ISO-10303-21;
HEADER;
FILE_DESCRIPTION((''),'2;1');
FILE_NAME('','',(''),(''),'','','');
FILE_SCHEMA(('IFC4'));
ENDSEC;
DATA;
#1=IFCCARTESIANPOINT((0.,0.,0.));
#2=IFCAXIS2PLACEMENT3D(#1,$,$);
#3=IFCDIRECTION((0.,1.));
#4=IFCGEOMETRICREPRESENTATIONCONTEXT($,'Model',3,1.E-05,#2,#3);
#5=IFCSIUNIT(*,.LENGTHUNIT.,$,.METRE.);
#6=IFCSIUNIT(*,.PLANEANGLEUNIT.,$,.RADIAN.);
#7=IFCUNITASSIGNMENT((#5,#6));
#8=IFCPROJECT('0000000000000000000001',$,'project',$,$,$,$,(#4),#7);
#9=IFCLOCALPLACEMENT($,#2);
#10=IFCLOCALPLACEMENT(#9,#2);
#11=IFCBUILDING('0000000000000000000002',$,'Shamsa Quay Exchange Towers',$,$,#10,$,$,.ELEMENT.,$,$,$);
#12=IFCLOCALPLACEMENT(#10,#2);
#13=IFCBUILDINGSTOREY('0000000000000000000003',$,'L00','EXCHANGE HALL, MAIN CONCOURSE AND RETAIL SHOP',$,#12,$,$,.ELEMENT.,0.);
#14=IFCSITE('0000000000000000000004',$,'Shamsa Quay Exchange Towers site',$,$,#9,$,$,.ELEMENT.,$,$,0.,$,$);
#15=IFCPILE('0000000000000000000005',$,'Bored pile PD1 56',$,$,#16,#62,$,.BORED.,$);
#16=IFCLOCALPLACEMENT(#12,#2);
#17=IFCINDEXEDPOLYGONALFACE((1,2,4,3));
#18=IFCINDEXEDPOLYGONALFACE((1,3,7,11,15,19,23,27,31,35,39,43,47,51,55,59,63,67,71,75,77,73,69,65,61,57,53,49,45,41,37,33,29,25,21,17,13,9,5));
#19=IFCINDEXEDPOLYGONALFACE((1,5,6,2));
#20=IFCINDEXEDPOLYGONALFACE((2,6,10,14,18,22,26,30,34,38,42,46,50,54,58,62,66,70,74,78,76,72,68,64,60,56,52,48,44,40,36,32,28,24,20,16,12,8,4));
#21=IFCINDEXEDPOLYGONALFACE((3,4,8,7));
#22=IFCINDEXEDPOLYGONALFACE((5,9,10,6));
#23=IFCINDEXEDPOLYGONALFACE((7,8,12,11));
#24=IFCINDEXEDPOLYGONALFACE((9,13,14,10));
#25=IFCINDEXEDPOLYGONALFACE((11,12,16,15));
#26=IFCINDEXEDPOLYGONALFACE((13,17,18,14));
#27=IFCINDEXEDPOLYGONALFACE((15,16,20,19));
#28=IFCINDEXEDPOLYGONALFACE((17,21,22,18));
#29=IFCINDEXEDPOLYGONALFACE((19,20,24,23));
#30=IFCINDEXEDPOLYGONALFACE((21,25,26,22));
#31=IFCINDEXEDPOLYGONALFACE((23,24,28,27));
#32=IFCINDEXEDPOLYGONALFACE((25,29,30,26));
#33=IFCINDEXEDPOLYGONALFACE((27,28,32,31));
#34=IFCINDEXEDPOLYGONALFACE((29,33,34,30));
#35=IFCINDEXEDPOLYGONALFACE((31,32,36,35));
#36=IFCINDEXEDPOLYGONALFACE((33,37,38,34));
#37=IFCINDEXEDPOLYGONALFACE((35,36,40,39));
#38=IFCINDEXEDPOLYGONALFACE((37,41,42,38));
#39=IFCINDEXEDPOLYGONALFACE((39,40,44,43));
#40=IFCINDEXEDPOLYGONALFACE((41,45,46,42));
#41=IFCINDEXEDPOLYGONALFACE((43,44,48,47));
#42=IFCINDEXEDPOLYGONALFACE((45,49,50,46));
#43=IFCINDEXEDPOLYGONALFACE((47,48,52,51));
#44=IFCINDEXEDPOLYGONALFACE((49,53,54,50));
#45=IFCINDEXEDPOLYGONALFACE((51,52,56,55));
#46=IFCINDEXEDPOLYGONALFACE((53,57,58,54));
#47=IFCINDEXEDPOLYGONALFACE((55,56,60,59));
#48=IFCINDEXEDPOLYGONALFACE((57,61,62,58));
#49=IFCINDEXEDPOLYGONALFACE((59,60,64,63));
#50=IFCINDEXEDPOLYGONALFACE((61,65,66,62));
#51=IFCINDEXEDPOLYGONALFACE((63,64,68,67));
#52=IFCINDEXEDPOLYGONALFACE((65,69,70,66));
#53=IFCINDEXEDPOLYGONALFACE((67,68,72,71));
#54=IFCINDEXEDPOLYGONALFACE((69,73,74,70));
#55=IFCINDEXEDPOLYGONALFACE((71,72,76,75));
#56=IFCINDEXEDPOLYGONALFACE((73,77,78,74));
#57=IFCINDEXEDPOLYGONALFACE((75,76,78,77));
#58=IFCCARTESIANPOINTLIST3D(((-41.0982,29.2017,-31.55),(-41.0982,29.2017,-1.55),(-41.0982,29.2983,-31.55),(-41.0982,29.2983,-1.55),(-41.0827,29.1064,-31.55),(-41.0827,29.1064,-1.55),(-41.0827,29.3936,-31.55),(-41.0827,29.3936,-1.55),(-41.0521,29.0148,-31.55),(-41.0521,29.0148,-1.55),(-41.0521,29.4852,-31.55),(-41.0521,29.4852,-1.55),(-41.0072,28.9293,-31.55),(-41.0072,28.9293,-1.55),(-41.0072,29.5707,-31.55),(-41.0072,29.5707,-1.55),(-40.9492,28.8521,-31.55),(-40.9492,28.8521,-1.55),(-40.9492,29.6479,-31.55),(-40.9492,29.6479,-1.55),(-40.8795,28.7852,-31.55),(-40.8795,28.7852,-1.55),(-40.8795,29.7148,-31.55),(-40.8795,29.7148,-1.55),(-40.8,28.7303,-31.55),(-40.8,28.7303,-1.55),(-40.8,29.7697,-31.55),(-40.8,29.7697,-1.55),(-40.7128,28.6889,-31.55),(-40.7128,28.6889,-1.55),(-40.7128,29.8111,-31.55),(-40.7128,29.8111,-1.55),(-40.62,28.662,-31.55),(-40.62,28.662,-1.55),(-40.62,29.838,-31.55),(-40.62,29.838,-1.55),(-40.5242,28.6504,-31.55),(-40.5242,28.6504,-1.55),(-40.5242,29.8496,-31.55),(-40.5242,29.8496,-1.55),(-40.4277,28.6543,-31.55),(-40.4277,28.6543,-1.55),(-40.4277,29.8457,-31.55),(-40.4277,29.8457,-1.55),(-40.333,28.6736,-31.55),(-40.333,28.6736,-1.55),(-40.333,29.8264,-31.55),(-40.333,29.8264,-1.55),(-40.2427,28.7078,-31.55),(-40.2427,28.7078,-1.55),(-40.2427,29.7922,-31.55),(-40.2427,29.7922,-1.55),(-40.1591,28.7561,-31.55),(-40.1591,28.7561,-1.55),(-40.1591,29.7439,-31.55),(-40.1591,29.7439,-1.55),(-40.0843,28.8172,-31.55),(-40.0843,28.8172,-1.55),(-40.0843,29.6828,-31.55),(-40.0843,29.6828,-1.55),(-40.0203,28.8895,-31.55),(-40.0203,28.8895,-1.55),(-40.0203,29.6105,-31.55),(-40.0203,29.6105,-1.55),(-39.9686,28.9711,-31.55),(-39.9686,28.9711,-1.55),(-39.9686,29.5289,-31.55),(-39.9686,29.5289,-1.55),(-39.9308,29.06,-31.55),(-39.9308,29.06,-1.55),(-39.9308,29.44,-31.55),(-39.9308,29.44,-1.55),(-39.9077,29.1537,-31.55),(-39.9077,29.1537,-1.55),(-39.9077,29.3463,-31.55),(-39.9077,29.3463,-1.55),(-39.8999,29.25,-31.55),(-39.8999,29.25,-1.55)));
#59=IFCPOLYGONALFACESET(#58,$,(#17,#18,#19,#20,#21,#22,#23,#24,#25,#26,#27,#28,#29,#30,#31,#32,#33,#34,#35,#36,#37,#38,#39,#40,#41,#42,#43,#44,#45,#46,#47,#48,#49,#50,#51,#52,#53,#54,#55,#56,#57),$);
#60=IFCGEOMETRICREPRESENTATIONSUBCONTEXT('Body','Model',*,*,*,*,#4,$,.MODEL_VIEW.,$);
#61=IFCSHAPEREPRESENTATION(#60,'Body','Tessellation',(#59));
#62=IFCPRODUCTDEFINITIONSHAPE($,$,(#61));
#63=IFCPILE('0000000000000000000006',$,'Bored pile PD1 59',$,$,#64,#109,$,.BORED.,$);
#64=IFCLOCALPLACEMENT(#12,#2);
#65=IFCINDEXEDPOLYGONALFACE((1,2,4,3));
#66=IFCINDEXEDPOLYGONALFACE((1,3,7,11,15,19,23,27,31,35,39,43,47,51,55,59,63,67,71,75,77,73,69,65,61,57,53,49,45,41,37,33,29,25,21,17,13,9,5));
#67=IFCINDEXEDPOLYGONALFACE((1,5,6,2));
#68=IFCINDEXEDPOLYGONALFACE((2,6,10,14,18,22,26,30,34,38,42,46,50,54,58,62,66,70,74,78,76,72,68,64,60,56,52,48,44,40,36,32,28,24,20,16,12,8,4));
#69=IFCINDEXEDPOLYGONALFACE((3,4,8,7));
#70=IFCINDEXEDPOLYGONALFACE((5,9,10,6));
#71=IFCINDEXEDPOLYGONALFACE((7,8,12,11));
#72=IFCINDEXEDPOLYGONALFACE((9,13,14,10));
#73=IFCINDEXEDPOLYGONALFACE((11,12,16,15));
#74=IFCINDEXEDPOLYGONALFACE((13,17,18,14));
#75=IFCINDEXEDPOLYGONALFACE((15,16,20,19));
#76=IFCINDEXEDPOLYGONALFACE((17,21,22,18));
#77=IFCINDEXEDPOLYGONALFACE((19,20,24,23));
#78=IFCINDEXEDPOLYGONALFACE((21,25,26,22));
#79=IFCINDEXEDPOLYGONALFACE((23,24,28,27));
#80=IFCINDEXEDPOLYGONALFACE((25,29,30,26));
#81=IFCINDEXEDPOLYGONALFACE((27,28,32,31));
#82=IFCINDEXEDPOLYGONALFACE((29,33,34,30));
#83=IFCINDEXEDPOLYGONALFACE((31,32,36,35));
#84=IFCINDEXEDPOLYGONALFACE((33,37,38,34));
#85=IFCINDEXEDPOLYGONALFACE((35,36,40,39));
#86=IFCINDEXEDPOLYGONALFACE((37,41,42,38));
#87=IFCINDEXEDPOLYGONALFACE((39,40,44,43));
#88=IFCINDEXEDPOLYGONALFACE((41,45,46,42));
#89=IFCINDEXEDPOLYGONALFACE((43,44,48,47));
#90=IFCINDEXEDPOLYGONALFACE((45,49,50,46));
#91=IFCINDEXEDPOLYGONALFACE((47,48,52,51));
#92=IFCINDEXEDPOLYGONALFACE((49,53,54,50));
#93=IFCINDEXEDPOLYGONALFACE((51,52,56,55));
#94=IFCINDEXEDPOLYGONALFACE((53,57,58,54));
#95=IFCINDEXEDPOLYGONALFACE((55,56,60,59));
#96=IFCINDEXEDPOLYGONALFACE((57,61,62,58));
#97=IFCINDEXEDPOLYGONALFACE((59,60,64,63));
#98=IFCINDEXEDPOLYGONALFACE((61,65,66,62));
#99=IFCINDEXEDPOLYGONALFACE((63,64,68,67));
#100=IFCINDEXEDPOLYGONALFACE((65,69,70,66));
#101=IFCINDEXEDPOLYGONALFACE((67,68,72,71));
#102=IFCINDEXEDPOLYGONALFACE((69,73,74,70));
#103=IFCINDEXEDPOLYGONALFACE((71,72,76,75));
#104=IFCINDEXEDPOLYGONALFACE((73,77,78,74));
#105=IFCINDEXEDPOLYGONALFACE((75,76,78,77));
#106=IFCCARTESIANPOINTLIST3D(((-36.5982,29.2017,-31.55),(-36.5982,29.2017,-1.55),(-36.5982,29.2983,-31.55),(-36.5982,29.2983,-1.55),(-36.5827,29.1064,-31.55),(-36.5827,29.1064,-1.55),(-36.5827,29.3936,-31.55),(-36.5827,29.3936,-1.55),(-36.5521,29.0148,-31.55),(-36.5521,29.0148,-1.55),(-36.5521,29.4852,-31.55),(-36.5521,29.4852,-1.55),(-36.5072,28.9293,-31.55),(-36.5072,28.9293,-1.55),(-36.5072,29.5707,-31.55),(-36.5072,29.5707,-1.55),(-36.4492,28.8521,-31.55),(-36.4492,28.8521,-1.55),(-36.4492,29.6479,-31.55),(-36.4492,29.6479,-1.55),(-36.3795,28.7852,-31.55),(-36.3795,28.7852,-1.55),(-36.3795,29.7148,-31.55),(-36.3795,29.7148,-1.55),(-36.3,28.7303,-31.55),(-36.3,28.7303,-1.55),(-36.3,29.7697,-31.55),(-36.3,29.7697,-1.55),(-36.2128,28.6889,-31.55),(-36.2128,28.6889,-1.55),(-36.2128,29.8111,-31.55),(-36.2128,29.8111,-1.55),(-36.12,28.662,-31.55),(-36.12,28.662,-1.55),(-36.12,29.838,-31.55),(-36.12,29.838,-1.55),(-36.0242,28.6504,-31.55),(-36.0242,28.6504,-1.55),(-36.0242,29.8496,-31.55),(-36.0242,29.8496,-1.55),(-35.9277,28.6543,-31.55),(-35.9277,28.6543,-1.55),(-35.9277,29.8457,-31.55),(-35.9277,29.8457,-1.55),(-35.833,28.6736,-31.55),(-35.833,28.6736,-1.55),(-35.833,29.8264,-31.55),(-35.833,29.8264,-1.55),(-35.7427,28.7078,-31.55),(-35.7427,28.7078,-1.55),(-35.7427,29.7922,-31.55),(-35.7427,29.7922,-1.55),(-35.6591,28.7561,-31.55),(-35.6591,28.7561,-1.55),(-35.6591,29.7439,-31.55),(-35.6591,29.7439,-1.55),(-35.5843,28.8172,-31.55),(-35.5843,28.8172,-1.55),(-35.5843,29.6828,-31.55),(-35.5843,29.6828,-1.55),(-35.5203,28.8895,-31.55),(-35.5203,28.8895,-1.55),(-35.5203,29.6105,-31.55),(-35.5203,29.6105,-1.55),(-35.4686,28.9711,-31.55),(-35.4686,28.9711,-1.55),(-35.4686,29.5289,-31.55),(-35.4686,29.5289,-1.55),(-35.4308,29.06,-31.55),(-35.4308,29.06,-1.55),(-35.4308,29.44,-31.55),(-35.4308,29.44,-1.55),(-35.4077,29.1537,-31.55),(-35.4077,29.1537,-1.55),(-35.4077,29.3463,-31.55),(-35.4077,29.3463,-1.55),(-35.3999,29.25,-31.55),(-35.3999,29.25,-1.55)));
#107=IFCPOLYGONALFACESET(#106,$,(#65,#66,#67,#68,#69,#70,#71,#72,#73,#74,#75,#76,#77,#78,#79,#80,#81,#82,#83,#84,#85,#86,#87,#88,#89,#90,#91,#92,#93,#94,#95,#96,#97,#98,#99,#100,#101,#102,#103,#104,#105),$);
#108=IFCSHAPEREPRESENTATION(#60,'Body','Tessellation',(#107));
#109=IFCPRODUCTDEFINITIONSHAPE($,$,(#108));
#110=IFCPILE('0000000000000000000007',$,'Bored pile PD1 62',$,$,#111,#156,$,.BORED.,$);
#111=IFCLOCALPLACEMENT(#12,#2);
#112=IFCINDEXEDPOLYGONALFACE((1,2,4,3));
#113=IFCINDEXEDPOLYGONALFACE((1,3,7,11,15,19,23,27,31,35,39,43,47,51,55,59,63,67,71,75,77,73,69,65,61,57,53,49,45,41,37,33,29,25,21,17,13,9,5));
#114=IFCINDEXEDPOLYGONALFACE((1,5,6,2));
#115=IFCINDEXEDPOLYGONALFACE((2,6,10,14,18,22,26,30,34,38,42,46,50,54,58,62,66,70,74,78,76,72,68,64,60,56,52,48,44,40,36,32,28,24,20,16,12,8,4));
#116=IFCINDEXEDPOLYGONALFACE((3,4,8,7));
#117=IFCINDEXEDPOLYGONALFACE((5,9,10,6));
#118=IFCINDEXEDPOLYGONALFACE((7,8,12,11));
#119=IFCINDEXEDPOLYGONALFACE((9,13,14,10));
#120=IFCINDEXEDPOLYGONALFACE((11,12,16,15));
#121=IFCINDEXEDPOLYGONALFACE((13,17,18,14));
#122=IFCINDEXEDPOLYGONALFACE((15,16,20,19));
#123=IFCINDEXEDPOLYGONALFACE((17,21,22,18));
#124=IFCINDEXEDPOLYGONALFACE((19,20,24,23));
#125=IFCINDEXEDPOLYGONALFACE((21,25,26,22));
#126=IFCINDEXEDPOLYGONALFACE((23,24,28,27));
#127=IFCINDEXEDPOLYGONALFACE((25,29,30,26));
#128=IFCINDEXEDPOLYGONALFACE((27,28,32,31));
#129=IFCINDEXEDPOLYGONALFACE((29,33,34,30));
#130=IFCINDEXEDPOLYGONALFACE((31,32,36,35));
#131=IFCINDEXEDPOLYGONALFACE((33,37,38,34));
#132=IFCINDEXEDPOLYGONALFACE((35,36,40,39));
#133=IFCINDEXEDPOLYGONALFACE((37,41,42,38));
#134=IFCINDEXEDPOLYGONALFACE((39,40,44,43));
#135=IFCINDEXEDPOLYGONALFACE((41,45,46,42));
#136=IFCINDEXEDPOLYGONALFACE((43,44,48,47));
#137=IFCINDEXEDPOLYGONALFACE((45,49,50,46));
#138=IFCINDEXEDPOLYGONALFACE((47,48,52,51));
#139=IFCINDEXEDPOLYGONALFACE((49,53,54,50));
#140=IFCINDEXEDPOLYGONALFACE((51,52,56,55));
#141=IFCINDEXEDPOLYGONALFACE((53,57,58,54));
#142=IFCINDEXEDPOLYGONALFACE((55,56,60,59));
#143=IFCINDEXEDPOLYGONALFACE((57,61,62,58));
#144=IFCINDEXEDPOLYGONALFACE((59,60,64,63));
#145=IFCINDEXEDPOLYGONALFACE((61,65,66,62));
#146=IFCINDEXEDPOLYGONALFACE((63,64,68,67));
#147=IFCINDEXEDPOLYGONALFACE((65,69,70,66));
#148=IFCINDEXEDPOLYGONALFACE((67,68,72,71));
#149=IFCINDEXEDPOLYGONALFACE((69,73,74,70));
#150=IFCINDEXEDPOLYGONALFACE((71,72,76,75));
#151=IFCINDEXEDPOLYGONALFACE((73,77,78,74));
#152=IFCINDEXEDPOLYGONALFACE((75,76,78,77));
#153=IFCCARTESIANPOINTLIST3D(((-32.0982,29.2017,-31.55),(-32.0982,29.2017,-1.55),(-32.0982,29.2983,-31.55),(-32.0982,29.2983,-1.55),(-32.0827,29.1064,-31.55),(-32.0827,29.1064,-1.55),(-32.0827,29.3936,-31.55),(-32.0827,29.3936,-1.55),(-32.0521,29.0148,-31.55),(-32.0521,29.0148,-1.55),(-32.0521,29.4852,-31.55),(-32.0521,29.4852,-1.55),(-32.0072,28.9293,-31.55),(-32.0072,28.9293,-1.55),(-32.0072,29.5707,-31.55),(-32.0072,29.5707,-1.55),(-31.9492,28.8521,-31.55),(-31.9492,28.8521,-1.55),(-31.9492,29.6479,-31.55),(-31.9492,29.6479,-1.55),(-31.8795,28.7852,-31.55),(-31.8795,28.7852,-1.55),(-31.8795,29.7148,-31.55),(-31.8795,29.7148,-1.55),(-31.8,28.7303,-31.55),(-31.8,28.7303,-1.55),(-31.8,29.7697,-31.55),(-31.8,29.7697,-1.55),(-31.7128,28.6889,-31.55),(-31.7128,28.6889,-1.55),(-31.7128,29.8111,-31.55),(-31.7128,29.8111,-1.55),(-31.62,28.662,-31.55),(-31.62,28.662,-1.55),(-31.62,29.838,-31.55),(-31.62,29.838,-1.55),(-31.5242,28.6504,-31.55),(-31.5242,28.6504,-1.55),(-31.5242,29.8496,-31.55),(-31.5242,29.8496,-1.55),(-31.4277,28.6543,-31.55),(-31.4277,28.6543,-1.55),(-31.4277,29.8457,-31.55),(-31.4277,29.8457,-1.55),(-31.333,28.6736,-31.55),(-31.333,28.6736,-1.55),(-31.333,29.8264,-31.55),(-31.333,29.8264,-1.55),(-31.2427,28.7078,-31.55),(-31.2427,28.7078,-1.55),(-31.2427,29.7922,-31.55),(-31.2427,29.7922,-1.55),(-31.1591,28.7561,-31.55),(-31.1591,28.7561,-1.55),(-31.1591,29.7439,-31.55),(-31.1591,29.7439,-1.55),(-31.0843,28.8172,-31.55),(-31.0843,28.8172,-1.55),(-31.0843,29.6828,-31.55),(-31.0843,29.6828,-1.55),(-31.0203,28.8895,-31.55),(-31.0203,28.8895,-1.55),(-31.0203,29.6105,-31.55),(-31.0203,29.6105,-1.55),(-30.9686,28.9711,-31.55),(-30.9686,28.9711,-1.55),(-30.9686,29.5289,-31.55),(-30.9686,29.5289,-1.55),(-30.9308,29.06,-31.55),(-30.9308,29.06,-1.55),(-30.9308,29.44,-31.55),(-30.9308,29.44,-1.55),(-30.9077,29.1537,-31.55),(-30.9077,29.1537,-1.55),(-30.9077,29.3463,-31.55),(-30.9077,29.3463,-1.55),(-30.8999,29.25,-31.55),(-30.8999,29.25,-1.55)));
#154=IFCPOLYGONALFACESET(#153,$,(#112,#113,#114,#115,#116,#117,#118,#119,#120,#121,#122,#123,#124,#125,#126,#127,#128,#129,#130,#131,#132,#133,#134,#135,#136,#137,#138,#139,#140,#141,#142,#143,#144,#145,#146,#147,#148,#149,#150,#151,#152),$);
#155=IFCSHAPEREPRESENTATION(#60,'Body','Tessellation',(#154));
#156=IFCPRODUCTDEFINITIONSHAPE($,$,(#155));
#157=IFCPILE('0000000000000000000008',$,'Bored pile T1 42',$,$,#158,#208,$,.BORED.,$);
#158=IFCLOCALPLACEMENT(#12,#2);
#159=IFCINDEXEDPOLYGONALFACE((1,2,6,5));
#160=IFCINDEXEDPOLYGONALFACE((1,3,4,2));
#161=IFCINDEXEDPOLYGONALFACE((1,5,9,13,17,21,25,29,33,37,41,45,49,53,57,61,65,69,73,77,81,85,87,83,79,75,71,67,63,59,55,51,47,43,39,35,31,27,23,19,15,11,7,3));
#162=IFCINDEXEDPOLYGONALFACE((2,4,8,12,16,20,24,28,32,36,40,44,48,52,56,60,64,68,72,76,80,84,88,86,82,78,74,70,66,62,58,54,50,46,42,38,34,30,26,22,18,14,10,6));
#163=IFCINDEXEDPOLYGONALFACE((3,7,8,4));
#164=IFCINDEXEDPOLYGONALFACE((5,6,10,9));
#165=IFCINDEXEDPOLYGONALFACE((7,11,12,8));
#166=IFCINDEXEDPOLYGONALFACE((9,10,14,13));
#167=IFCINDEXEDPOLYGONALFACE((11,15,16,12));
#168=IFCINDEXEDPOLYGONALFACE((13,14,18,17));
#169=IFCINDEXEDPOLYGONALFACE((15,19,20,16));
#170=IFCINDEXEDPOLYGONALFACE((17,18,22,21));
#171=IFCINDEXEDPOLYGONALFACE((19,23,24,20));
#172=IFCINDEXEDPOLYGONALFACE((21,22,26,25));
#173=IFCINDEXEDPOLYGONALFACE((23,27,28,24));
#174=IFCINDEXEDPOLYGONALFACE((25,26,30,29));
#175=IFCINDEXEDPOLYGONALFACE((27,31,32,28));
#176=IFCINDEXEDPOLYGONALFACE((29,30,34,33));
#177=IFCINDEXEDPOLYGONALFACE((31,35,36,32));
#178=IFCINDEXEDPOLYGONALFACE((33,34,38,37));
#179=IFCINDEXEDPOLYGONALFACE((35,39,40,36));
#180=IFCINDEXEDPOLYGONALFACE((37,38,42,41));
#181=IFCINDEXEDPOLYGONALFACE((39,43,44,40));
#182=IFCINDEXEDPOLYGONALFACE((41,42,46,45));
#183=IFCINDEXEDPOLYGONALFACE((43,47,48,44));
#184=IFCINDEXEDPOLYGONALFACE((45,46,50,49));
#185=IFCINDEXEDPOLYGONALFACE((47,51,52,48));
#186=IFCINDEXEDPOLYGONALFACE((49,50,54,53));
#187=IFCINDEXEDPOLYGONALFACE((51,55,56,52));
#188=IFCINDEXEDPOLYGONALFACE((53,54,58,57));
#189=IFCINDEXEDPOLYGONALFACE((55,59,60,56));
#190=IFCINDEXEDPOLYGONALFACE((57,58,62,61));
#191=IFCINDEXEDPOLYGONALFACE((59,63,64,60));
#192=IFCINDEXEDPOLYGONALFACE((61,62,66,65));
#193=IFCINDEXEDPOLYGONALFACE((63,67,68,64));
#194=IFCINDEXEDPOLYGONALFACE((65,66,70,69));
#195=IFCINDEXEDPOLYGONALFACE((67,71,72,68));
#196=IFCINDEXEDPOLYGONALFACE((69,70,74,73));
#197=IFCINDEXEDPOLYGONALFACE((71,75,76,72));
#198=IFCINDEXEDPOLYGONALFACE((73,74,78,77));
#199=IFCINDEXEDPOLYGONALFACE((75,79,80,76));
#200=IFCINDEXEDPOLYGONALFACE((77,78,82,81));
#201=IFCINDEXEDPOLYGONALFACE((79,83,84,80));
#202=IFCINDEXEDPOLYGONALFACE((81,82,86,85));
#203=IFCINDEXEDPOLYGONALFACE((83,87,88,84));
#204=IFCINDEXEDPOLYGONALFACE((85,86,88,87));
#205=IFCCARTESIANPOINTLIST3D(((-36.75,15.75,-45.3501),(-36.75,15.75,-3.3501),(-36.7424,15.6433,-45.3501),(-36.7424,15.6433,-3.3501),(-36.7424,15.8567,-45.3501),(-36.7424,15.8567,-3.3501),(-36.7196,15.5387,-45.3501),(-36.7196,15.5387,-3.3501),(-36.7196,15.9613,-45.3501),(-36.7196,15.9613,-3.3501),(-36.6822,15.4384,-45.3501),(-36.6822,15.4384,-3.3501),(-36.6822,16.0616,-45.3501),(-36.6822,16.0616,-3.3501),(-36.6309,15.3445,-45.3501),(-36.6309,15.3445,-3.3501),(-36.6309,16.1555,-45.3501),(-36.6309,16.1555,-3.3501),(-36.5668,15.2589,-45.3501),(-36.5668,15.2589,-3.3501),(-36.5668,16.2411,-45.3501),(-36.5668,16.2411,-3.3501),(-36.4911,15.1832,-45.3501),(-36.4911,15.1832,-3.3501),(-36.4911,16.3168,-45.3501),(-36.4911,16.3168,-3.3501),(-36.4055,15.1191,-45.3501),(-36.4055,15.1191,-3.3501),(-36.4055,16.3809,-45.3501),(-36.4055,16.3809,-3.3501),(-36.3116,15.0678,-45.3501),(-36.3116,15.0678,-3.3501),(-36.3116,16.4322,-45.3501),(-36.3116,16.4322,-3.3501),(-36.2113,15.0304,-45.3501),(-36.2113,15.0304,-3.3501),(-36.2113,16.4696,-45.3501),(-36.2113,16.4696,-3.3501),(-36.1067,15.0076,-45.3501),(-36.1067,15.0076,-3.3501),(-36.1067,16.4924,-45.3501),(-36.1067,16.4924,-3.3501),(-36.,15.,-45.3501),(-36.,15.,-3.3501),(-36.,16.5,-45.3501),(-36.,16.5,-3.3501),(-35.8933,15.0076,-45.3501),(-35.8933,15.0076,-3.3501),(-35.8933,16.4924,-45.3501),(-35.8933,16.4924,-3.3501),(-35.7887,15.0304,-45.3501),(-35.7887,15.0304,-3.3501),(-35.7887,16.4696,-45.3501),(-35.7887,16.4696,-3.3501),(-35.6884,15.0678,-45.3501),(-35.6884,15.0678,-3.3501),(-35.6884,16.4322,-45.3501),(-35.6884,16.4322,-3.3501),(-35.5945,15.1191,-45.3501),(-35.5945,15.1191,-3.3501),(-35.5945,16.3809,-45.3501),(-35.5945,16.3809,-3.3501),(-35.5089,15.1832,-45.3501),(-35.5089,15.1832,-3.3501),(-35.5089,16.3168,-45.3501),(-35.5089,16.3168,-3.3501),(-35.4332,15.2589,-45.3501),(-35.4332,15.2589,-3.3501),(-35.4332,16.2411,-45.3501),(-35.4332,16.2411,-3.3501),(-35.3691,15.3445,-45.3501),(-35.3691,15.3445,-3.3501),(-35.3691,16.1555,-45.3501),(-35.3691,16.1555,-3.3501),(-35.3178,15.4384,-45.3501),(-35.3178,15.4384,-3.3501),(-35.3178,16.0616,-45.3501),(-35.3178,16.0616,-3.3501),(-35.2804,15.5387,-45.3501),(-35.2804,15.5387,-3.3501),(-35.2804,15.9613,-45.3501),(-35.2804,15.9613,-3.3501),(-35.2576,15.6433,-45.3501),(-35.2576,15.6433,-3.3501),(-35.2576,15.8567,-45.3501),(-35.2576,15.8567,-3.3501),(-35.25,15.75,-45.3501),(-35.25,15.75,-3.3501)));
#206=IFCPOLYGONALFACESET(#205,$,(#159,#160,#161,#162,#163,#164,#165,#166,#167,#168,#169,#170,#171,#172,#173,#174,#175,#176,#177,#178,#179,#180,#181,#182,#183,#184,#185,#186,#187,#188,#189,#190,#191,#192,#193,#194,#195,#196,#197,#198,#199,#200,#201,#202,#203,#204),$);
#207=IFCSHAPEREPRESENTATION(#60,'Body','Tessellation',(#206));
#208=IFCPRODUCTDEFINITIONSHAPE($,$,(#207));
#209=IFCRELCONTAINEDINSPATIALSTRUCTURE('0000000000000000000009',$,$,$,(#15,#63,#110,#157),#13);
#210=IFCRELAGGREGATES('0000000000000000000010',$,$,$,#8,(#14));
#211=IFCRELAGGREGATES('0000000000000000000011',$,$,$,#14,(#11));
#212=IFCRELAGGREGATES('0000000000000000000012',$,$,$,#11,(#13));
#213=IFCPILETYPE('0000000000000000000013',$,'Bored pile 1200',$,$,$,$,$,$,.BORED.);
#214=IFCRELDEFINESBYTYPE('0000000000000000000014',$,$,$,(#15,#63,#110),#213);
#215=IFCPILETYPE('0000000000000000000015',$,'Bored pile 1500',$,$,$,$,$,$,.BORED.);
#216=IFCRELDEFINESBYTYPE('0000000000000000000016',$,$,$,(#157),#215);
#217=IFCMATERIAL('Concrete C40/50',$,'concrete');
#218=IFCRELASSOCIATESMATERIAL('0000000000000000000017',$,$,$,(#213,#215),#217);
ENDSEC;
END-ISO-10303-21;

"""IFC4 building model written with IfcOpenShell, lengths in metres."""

from ifc_helpers import new_model, si_unit, direction, frame, origin, origin_2d, place, context, subcontext, project, spatial, circle, extrude, material, material_profile, profile_set, type_object, element, save


model = new_model("IFC4")

# Units and contexts
model_context = context("Model", 3, precision=1e-05, world=origin(), true_north=direction((0.0, 1.0)))
body_context = subcontext(model_context, "Body", "Model", "MODEL_VIEW")
ifc_project = project(units=[si_unit("LENGTHUNIT", "METRE"), si_unit("PLANEANGLEUNIT", "RADIAN")], contexts=[model_context])

# Site, building, storey
site_placement = place(None, origin())
site = spatial("IfcSite", under=ifc_project, at=site_placement, Name="Shamsa Quay Exchange Towers site", CompositionType="ELEMENT", RefElevation=0.0)
building_placement = place(site_placement, origin())
building = spatial("IfcBuilding", under=site, at=building_placement, Name="Shamsa Quay Exchange Towers", CompositionType="ELEMENT")
storey_placement = place(building_placement, origin())
storey = spatial("IfcBuildingStorey", under=building, at=storey_placement, Name="L00", Description="EXCHANGE HALL, MAIN CONCOURSE AND RETAIL SHOP", CompositionType="ELEMENT", Elevation=0.0)

# Piles
ifc_material_1 = material(Name="Concrete C40/50", Category="concrete")
ifc_material_profile_1 = material_profile(ifc_material_1, circle(Radius=0.6001, at=origin_2d()), Name="BP1200")
ifc_profile_set_1 = profile_set([ifc_material_profile_1], Name="Concrete C40/50")
pile_type_1 = type_object("IfcPileType", Name="Bored pile 1200", PredefinedType="BORED", material=ifc_profile_set_1)
for number, where, z_axis, x_axis, name in (
    (1, (-40.5, 29.25, -1.55), (0.0, 0.0, -1.0), (1.0, 0.0, 0.0), "Bored pile PD1 56"),
    (2, (-36.0, 29.25, -1.55), (0.0, 0.0, -1.0), (1.0, 0.0, 0.0), "Bored pile PD1 59"),
    (3, (-31.5, 29.25, -1.55), (0.0, 0.0, -1.0), (1.0, 0.0, 0.0), "Bored pile PD1 62"),
):
    element("IfcPile", number, at=place(storey_placement, frame(where, z_axis=z_axis, x_axis=x_axis)), inside=storey, type_object=pile_type_1, Name=name, PredefinedType="BORED", context=body_context, shape_type="SweptSolid", body=[
        extrude(circle(Radius=0.6001, at=origin_2d()), origin(), (0.0, 0.0, 1.0), 30.0),
    ])
ifc_material_profile_2 = material_profile(ifc_material_1, circle(Radius=0.75, at=origin_2d()), Name="BP1500")
ifc_profile_set_2 = profile_set([ifc_material_profile_2], Name="Concrete C40/50")
pile_type_2 = type_object("IfcPileType", Name="Bored pile 1500", PredefinedType="BORED", material=ifc_profile_set_2)
for number, where, z_axis, x_axis, name in (
    (4, (-36.0, 15.75, -3.3501), (0.0, 0.0, -1.0), (1.0, 0.0, 0.0), "Bored pile T1 42"),
):
    element("IfcPile", number, at=place(storey_placement, frame(where, z_axis=z_axis, x_axis=x_axis)), inside=storey, type_object=pile_type_2, Name=name, PredefinedType="BORED", context=body_context, shape_type="SweptSolid", body=[
        extrude(circle(Radius=0.75, at=origin_2d()), origin(), (0.0, 0.0, 1.0), 42.0),
    ])

save(model, "model.ifc")
